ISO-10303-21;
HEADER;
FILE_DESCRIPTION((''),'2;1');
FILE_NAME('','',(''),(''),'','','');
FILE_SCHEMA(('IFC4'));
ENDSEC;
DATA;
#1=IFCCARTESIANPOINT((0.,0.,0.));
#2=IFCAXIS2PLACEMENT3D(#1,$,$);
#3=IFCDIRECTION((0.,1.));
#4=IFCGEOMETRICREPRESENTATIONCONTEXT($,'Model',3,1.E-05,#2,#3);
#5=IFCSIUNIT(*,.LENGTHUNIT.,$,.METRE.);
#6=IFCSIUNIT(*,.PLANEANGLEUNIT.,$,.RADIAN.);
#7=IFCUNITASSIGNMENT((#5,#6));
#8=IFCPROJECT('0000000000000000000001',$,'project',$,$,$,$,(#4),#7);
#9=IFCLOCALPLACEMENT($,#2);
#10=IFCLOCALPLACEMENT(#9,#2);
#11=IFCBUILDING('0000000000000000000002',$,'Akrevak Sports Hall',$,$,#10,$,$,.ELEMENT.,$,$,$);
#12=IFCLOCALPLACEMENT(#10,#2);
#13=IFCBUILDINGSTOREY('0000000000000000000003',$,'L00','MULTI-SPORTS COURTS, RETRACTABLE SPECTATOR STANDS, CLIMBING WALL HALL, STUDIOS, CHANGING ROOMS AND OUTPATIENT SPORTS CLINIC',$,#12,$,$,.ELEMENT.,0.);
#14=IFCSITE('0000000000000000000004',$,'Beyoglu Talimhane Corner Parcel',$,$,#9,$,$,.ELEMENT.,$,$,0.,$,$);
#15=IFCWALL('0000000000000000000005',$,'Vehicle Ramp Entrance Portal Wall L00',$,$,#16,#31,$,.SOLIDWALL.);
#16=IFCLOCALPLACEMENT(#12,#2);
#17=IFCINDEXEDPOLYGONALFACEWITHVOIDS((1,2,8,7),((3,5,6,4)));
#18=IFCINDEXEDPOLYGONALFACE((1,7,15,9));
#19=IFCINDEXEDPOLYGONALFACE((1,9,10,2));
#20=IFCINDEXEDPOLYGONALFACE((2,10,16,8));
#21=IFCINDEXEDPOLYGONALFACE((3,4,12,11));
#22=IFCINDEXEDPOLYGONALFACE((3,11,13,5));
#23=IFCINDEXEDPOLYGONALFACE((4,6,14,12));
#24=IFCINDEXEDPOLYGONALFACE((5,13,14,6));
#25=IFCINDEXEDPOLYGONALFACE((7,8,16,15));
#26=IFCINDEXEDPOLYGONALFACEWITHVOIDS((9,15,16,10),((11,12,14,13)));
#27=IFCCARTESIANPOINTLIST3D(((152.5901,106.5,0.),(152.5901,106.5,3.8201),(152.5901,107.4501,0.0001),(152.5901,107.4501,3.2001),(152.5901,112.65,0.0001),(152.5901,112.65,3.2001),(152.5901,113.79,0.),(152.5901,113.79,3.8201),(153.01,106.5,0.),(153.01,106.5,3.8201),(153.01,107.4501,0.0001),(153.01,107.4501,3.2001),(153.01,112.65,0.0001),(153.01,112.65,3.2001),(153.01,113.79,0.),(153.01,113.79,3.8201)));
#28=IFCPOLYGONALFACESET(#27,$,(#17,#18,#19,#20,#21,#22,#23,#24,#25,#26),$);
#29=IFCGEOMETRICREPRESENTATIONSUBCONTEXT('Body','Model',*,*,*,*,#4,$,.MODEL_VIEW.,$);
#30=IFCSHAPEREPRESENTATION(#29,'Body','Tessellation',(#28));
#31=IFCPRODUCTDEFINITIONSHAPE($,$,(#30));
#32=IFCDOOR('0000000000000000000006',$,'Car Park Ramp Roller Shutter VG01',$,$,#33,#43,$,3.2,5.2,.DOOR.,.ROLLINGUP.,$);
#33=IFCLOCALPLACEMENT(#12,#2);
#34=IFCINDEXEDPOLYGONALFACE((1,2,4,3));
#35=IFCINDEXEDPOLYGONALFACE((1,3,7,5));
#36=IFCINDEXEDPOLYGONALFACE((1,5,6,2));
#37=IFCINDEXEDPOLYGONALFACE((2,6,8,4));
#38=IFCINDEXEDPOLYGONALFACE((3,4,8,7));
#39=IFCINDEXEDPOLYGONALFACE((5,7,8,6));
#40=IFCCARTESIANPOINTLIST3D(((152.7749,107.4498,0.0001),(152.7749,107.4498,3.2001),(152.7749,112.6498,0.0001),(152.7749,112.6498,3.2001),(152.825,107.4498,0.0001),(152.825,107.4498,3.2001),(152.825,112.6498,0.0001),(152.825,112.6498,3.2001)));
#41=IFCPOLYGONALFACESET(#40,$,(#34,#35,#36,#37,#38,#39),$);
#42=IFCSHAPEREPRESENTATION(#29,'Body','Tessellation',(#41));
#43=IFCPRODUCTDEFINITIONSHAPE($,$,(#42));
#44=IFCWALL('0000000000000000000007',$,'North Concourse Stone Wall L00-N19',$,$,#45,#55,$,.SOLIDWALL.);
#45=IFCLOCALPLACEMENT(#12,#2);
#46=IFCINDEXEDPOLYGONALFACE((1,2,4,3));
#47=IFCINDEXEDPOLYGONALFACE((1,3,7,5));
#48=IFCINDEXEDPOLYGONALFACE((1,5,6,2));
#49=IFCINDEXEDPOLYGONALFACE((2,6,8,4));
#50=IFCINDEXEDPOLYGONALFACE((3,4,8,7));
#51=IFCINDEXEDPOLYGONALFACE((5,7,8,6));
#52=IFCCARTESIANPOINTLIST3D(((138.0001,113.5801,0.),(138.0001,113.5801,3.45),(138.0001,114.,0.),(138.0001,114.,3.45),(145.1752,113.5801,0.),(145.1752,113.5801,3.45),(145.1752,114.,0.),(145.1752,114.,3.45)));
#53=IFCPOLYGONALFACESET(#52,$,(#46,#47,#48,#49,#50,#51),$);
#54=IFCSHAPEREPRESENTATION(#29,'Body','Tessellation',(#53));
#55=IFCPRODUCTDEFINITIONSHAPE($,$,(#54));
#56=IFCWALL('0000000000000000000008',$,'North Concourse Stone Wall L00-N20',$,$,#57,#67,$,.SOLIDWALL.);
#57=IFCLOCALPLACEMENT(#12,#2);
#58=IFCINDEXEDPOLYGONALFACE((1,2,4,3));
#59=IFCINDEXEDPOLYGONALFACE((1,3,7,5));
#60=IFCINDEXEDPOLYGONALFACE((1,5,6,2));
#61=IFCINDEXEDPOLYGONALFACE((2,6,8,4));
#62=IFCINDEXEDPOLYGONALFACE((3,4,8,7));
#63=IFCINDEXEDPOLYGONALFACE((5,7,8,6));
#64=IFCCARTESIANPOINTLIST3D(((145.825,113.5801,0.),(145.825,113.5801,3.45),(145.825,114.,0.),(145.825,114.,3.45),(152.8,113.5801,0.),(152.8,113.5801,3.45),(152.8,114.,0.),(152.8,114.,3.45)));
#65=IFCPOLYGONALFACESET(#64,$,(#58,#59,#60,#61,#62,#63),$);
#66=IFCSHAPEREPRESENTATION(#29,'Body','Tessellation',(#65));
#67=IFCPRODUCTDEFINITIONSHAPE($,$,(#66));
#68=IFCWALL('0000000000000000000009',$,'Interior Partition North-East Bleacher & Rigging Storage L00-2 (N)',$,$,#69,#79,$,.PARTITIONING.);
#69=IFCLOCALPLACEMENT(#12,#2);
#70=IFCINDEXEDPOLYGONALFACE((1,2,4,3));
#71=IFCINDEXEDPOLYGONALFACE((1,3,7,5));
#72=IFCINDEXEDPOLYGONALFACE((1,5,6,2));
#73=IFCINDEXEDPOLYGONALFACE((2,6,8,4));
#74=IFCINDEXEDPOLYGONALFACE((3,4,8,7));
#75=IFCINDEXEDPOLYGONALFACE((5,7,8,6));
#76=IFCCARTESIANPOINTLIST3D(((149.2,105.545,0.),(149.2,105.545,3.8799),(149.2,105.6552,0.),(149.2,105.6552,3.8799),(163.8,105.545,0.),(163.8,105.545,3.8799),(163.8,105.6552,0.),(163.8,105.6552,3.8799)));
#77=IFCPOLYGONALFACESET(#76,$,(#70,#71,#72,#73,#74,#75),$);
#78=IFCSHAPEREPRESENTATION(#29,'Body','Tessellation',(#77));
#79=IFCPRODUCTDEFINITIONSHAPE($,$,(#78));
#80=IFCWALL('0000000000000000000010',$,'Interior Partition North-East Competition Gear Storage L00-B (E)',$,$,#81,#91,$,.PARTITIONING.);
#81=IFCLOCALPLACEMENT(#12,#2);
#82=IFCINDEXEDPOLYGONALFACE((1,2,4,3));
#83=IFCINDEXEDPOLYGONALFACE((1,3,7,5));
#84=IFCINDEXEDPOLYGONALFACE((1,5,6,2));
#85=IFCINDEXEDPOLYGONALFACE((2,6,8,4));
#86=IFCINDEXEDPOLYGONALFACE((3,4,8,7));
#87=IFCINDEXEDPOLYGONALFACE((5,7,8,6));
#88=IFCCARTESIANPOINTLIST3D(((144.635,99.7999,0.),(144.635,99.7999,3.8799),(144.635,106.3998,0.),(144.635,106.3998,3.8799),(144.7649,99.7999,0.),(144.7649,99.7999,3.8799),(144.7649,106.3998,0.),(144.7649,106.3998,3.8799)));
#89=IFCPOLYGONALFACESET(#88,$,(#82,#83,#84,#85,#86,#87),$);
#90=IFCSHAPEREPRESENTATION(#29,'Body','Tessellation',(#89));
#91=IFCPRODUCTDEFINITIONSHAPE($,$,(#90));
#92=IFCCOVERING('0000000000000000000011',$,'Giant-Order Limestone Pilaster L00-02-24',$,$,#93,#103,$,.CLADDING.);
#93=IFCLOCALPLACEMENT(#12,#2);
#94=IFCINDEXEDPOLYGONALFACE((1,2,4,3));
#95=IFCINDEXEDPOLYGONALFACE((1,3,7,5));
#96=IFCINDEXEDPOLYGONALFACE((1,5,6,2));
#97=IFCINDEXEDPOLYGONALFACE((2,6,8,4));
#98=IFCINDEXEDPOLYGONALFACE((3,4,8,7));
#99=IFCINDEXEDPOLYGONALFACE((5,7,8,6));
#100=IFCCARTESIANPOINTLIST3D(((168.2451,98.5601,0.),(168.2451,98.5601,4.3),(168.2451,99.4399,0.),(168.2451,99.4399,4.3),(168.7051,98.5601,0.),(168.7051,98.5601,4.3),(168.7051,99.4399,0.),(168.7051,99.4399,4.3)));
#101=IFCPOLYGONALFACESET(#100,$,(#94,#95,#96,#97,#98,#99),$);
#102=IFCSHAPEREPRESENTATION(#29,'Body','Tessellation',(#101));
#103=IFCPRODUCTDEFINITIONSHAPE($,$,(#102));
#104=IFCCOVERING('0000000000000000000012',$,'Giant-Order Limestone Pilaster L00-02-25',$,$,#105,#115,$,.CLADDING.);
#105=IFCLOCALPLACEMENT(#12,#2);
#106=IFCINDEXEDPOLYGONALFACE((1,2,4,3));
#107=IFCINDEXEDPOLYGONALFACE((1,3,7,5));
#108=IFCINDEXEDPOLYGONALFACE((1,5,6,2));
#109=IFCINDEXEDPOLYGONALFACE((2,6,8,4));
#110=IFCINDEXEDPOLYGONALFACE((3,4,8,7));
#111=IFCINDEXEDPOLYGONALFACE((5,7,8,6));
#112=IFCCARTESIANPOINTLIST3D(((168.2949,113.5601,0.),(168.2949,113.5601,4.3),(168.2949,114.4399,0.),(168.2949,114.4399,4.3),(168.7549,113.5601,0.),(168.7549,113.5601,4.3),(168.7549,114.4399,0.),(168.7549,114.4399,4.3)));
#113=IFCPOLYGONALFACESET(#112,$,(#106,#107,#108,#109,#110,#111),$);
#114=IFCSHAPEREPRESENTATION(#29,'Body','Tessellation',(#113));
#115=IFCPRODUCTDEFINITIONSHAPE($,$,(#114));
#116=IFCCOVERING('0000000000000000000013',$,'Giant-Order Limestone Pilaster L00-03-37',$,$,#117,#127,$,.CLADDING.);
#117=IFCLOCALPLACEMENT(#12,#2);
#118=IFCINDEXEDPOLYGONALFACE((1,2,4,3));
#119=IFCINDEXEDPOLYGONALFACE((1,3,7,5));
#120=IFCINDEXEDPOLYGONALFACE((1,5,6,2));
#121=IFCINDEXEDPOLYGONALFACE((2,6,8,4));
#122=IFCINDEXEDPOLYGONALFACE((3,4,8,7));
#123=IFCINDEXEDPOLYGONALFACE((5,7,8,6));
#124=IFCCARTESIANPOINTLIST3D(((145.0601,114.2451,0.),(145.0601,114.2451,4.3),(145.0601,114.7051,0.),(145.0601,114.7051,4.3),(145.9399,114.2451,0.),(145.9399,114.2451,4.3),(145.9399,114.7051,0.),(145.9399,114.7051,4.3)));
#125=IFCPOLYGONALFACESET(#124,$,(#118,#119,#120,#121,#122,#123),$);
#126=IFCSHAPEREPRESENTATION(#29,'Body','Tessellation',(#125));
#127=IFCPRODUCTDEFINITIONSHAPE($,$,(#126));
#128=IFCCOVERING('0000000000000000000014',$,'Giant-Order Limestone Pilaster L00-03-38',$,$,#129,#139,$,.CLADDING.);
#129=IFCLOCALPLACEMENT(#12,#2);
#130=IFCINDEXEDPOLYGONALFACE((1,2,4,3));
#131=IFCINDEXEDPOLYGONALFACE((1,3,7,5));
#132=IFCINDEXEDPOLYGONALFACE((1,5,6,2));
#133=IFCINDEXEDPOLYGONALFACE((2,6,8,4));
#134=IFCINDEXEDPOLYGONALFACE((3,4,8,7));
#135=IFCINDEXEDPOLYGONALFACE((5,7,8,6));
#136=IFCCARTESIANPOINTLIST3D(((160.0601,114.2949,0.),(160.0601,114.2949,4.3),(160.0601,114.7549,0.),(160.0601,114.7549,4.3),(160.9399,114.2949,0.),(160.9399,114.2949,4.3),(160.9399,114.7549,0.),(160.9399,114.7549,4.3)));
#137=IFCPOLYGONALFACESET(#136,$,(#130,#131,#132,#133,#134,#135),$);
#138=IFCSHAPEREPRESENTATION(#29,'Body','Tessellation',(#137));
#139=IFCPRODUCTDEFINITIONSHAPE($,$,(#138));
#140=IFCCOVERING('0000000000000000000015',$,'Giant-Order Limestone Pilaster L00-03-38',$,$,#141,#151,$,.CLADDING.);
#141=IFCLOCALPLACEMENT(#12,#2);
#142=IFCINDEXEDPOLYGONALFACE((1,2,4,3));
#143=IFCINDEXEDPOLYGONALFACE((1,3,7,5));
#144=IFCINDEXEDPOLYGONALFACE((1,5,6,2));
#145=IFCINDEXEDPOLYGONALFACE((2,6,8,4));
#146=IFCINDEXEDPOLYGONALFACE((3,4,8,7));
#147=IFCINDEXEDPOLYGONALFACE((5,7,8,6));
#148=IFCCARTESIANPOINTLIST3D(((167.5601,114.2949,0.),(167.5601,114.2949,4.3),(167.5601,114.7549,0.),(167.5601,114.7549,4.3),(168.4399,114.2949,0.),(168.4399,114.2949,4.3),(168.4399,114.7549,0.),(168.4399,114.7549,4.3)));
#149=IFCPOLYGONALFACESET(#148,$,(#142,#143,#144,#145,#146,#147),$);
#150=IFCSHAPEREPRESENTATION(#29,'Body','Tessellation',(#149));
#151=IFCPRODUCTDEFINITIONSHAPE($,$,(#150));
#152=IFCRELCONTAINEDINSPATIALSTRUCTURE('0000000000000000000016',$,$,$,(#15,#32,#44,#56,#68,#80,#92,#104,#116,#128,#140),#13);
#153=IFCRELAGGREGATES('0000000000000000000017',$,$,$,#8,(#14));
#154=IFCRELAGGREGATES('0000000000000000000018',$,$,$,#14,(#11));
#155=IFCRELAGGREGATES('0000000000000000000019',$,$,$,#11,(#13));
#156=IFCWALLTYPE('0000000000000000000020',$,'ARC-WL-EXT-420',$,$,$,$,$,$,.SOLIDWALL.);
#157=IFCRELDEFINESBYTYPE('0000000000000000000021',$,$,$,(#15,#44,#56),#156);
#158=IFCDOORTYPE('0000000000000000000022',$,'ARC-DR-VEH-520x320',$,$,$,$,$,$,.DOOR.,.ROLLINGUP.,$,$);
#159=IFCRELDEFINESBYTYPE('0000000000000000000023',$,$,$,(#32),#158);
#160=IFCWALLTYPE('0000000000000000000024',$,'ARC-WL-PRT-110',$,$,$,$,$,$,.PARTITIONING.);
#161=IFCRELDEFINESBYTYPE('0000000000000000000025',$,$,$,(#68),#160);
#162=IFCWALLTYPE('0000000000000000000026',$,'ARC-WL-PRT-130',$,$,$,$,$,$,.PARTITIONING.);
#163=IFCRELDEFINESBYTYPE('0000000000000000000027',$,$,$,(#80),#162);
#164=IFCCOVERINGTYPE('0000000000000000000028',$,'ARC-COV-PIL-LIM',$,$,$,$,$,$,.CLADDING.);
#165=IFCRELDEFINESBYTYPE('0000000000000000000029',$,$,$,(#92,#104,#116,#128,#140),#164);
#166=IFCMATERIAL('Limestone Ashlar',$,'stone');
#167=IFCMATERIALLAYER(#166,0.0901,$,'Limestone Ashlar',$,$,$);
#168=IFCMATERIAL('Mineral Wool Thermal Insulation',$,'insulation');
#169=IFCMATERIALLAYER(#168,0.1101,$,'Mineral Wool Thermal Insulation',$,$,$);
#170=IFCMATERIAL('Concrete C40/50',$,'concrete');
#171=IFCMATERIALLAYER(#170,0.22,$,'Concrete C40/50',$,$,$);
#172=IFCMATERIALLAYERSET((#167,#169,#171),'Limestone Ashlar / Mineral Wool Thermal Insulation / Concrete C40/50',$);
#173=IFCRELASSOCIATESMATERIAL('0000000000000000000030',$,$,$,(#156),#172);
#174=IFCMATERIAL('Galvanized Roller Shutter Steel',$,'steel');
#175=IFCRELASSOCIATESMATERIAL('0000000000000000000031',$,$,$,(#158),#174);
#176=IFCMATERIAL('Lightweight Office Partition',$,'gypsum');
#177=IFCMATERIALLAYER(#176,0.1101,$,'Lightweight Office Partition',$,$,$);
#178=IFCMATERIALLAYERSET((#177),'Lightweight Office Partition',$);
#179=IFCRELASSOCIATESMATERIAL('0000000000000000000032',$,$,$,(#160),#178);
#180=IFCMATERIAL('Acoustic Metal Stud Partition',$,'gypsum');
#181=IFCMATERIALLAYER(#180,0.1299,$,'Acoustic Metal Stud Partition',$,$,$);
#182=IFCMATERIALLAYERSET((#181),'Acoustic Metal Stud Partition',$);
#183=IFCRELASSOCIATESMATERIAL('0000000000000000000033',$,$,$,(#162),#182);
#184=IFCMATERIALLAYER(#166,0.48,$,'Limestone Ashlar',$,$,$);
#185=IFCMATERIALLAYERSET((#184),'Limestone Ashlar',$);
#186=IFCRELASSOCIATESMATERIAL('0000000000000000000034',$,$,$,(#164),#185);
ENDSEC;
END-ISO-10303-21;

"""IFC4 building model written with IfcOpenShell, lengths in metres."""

from ifc_helpers import new_model, si_unit, direction, frame, frame_2d, origin, origin_2d, place, context, subcontext, project, spatial, rectangle, extrude, material, layer, layer_set, type_object, element, fill, save


model = new_model("IFC4")

# Units and contexts
model_context = context("Model", 3, precision=1e-05, world=origin(), true_north=direction((0.0, 1.0)))
body_context = subcontext(model_context, "Body", "Model", "MODEL_VIEW")
ifc_project = project(units=[si_unit("LENGTHUNIT", "METRE"), si_unit("PLANEANGLEUNIT", "RADIAN")], contexts=[model_context])

# Site, building, storey
site_placement = place(None, origin())
site = spatial("IfcSite", under=ifc_project, at=site_placement, Name="Beyoglu Talimhane Corner Parcel", CompositionType="ELEMENT", RefElevation=0.0)
building_placement = place(site_placement, origin())
building = spatial("IfcBuilding", under=site, at=building_placement, Name="Akrevak Sports Hall", CompositionType="ELEMENT")
storey_placement = place(building_placement, origin())
storey = spatial("IfcBuildingStorey", under=building, at=storey_placement, Name="L00", Description="MULTI-SPORTS COURTS, RETRACTABLE SPECTATOR STANDS, CLIMBING WALL HALL, STUDIOS, CHANGING ROOMS AND OUTPATIENT SPORTS CLINIC", CompositionType="ELEMENT", Elevation=0.0)

# Shared definitions
ifc_material_1 = material(Name="Concrete C40/50", Category="concrete")

# Shared definitions
ifc_material_2 = material(Name="Limestone Ashlar", Category="stone")
ifc_layer_1 = layer(ifc_material_2, 0.0901, Name="Limestone Ashlar")
ifc_material_3 = material(Name="Mineral Wool Thermal Insulation", Category="insulation")
ifc_layer_2 = layer(ifc_material_3, 0.1101, Name="Mineral Wool Thermal Insulation")
ifc_layer_3 = layer(ifc_material_1, 0.22, Name="Concrete C40/50")
ifc_layer_set_1 = layer_set([ifc_layer_1, ifc_layer_2, ifc_layer_3], Name="Limestone Ashlar / Mineral Wool Thermal Insulation / Concrete C40/50")
wall_type_1 = type_object("IfcWallType", Name="ARC-WL-EXT-420", PredefinedType="SOLIDWALL", material=ifc_layer_set_1)

# Wall, opening, door
wall_1_placement = place(storey_placement, frame((152.8, 106.5, 0.0), z_axis=(0.0, 0.0, 1.0), x_axis=(0.0, 1.0, 0.0)))
wall_1 = element("IfcWall", 1, at=wall_1_placement, inside=storey, type_object=wall_type_1, Name="Vehicle Ramp Entrance Portal Wall L00", PredefinedType="SOLIDWALL", context=body_context, shape_type="SweptSolid", body=[
    extrude(rectangle(XDim=7.29, YDim=0.4199, at=frame_2d((3.645, 0.0))), origin(), (0.0, 0.0, 1.0), 3.8201),
])
opening_1_placement = place(wall_1_placement, frame((0.95, 0.0, 0.0)))
opening_1 = element("IfcOpeningElement", 2, at=opening_1_placement, cuts=wall_1, PredefinedType="OPENING", context=body_context, shape_type="SweptSolid", body=[
    extrude(rectangle(XDim=5.2, YDim=3.2, at=frame_2d((2.6001, 1.6001))), frame((0.0, 0.2219, 0.0), z_axis=(0.0, -1.0, 0.0), x_axis=(1.0, 0.0, 0.0)), (0.0, 0.0, 1.0), 0.4438),
])
ifc_material_4 = material(Name="Galvanized Roller Shutter Steel", Category="steel")
door_type = type_object("IfcDoorType", Name="ARC-DR-VEH-520x320", OperationType="ROLLINGUP", PredefinedType="DOOR", material=ifc_material_4)
door_placement = place(opening_1_placement, frame((5.2, 0.0, 0.0), z_axis=(0.0, 0.0, 1.0), x_axis=(-1.0, 0.0, 0.0)))
door = element("IfcDoor", 3, at=door_placement, inside=storey, type_object=door_type, Name="Car Park Ramp Roller Shutter VG01", OperationType="ROLLINGUP", OverallHeight=3.2, OverallWidth=5.2, PredefinedType="DOOR", context=body_context, shape_type="SweptSolid", body=[
    extrude(rectangle(XDim=5.2, YDim=3.2, at=frame_2d((2.6001, 1.6001))), frame((0.0, 0.0249, 0.0), z_axis=(0.0, -1.0, 0.0), x_axis=(1.0, 0.0, 0.0)), (0.0, 0.0, 1.0), 0.05),
])
fill(opening_1, door)

# Walls
wall_2_placement = place(storey_placement, frame((145.175, 113.79, 0.0), z_axis=(0.0, 0.0, 1.0), x_axis=(-1.0, 0.0, 0.0)))
element("IfcWall", 4, at=wall_2_placement, inside=storey, type_object=wall_type_1, Name="North Concourse Stone Wall L00-N19", PredefinedType="SOLIDWALL", context=body_context, shape_type="SweptSolid", body=[
    extrude(rectangle(XDim=7.175, YDim=0.4199, at=frame_2d((3.5874, 0.0))), origin(), (0.0, 0.0, 1.0), 3.45),
])
wall_3_placement = place(storey_placement, frame((152.8, 113.79, 0.0), z_axis=(0.0, 0.0, 1.0), x_axis=(-1.0, 0.0, 0.0)))
element("IfcWall", 5, at=wall_3_placement, inside=storey, type_object=wall_type_1, Name="North Concourse Stone Wall L00-N20", PredefinedType="SOLIDWALL", context=body_context, shape_type="SweptSolid", body=[
    extrude(rectangle(XDim=6.9751, YDim=0.4199, at=frame_2d((3.4875, 0.0))), origin(), (0.0, 0.0, 1.0), 3.45),
])
ifc_material_5 = material(Name="Lightweight Office Partition", Category="gypsum")
ifc_layer_4 = layer(ifc_material_5, 0.1101, Name="Lightweight Office Partition")
ifc_layer_set_2 = layer_set([ifc_layer_4], Name="Lightweight Office Partition")
wall_type_2 = type_object("IfcWallType", Name="ARC-WL-PRT-110", PredefinedType="PARTITIONING", material=ifc_layer_set_2)
wall_4_placement = place(storey_placement, frame((149.2, 105.6001, 0.0), z_axis=(0.0, 0.0, 1.0), x_axis=(1.0, 0.0, 0.0)))
element("IfcWall", 6, at=wall_4_placement, inside=storey, type_object=wall_type_2, Name="Interior Partition North-East Bleacher & Rigging Storage L00-2 (N)", PredefinedType="PARTITIONING", context=body_context, shape_type="SweptSolid", body=[
    extrude(rectangle(XDim=14.6001, YDim=0.1101, at=frame_2d((7.3, 0.0))), origin(), (0.0, 0.0, 1.0), 3.8799),
])
ifc_material_6 = material(Name="Acoustic Metal Stud Partition", Category="gypsum")
ifc_layer_5 = layer(ifc_material_6, 0.1299, Name="Acoustic Metal Stud Partition")
ifc_layer_set_3 = layer_set([ifc_layer_5], Name="Acoustic Metal Stud Partition")
wall_type_3 = type_object("IfcWallType", Name="ARC-WL-PRT-130", PredefinedType="PARTITIONING", material=ifc_layer_set_3)
wall_5_placement = place(storey_placement, frame((144.7, 99.8, 0.0), z_axis=(0.0, 0.0, 1.0), x_axis=(0.0, 1.0, 0.0)))
element("IfcWall", 7, at=wall_5_placement, inside=storey, type_object=wall_type_3, Name="Interior Partition North-East Competition Gear Storage L00-B (E)", PredefinedType="PARTITIONING", context=body_context, shape_type="SweptSolid", body=[
    extrude(rectangle(XDim=6.5999, YDim=0.1299, at=frame_2d((3.2998, 0.0))), origin(), (0.0, 0.0, 1.0), 3.8799),
])

# Coverings
ifc_layer_6 = layer(ifc_material_2, 0.48, Name="Limestone Ashlar")
ifc_layer_set_4 = layer_set([ifc_layer_6], Name="Limestone Ashlar")
covering_type = type_object("IfcCoveringType", Name="ARC-COV-PIL-LIM", PredefinedType="CLADDING", material=ifc_layer_set_4)
for number, where, z_axis, x_axis, name in (
    (8, (168.4751, 99.0, 0.0), (0.0, 0.0, 1.0), (0.0, 1.0, 0.0), "Giant-Order Limestone Pilaster L00-02-24"),
    (9, (168.5249, 114.0, 0.0), (0.0, 0.0, 1.0), (0.0, 1.0, 0.0), "Giant-Order Limestone Pilaster L00-02-25"),
    (10, (145.5, 114.4751, 0.0), (0.0, 0.0, 1.0), (-1.0, 0.0, 0.0), "Giant-Order Limestone Pilaster L00-03-37"),
    (11, (160.5, 114.5249, 0.0), (0.0, 0.0, 1.0), (-1.0, 0.0, 0.0), "Giant-Order Limestone Pilaster L00-03-38"),
    (12, (168.0, 114.5249, 0.0), (0.0, 0.0, 1.0), (-1.0, 0.0, 0.0), "Giant-Order Limestone Pilaster L00-03-38"),
):
    element("IfcCovering", number, at=place(storey_placement, frame(where, z_axis=z_axis, x_axis=x_axis)), inside=storey, type_object=covering_type, Name=name, PredefinedType="CLADDING", context=body_context, shape_type="SweptSolid", body=[
        extrude(rectangle(XDim=0.8799, YDim=0.46, at=origin_2d()), origin(), (0.0, 0.0, 1.0), 4.3),
    ])

save(model, "model.ifc")
